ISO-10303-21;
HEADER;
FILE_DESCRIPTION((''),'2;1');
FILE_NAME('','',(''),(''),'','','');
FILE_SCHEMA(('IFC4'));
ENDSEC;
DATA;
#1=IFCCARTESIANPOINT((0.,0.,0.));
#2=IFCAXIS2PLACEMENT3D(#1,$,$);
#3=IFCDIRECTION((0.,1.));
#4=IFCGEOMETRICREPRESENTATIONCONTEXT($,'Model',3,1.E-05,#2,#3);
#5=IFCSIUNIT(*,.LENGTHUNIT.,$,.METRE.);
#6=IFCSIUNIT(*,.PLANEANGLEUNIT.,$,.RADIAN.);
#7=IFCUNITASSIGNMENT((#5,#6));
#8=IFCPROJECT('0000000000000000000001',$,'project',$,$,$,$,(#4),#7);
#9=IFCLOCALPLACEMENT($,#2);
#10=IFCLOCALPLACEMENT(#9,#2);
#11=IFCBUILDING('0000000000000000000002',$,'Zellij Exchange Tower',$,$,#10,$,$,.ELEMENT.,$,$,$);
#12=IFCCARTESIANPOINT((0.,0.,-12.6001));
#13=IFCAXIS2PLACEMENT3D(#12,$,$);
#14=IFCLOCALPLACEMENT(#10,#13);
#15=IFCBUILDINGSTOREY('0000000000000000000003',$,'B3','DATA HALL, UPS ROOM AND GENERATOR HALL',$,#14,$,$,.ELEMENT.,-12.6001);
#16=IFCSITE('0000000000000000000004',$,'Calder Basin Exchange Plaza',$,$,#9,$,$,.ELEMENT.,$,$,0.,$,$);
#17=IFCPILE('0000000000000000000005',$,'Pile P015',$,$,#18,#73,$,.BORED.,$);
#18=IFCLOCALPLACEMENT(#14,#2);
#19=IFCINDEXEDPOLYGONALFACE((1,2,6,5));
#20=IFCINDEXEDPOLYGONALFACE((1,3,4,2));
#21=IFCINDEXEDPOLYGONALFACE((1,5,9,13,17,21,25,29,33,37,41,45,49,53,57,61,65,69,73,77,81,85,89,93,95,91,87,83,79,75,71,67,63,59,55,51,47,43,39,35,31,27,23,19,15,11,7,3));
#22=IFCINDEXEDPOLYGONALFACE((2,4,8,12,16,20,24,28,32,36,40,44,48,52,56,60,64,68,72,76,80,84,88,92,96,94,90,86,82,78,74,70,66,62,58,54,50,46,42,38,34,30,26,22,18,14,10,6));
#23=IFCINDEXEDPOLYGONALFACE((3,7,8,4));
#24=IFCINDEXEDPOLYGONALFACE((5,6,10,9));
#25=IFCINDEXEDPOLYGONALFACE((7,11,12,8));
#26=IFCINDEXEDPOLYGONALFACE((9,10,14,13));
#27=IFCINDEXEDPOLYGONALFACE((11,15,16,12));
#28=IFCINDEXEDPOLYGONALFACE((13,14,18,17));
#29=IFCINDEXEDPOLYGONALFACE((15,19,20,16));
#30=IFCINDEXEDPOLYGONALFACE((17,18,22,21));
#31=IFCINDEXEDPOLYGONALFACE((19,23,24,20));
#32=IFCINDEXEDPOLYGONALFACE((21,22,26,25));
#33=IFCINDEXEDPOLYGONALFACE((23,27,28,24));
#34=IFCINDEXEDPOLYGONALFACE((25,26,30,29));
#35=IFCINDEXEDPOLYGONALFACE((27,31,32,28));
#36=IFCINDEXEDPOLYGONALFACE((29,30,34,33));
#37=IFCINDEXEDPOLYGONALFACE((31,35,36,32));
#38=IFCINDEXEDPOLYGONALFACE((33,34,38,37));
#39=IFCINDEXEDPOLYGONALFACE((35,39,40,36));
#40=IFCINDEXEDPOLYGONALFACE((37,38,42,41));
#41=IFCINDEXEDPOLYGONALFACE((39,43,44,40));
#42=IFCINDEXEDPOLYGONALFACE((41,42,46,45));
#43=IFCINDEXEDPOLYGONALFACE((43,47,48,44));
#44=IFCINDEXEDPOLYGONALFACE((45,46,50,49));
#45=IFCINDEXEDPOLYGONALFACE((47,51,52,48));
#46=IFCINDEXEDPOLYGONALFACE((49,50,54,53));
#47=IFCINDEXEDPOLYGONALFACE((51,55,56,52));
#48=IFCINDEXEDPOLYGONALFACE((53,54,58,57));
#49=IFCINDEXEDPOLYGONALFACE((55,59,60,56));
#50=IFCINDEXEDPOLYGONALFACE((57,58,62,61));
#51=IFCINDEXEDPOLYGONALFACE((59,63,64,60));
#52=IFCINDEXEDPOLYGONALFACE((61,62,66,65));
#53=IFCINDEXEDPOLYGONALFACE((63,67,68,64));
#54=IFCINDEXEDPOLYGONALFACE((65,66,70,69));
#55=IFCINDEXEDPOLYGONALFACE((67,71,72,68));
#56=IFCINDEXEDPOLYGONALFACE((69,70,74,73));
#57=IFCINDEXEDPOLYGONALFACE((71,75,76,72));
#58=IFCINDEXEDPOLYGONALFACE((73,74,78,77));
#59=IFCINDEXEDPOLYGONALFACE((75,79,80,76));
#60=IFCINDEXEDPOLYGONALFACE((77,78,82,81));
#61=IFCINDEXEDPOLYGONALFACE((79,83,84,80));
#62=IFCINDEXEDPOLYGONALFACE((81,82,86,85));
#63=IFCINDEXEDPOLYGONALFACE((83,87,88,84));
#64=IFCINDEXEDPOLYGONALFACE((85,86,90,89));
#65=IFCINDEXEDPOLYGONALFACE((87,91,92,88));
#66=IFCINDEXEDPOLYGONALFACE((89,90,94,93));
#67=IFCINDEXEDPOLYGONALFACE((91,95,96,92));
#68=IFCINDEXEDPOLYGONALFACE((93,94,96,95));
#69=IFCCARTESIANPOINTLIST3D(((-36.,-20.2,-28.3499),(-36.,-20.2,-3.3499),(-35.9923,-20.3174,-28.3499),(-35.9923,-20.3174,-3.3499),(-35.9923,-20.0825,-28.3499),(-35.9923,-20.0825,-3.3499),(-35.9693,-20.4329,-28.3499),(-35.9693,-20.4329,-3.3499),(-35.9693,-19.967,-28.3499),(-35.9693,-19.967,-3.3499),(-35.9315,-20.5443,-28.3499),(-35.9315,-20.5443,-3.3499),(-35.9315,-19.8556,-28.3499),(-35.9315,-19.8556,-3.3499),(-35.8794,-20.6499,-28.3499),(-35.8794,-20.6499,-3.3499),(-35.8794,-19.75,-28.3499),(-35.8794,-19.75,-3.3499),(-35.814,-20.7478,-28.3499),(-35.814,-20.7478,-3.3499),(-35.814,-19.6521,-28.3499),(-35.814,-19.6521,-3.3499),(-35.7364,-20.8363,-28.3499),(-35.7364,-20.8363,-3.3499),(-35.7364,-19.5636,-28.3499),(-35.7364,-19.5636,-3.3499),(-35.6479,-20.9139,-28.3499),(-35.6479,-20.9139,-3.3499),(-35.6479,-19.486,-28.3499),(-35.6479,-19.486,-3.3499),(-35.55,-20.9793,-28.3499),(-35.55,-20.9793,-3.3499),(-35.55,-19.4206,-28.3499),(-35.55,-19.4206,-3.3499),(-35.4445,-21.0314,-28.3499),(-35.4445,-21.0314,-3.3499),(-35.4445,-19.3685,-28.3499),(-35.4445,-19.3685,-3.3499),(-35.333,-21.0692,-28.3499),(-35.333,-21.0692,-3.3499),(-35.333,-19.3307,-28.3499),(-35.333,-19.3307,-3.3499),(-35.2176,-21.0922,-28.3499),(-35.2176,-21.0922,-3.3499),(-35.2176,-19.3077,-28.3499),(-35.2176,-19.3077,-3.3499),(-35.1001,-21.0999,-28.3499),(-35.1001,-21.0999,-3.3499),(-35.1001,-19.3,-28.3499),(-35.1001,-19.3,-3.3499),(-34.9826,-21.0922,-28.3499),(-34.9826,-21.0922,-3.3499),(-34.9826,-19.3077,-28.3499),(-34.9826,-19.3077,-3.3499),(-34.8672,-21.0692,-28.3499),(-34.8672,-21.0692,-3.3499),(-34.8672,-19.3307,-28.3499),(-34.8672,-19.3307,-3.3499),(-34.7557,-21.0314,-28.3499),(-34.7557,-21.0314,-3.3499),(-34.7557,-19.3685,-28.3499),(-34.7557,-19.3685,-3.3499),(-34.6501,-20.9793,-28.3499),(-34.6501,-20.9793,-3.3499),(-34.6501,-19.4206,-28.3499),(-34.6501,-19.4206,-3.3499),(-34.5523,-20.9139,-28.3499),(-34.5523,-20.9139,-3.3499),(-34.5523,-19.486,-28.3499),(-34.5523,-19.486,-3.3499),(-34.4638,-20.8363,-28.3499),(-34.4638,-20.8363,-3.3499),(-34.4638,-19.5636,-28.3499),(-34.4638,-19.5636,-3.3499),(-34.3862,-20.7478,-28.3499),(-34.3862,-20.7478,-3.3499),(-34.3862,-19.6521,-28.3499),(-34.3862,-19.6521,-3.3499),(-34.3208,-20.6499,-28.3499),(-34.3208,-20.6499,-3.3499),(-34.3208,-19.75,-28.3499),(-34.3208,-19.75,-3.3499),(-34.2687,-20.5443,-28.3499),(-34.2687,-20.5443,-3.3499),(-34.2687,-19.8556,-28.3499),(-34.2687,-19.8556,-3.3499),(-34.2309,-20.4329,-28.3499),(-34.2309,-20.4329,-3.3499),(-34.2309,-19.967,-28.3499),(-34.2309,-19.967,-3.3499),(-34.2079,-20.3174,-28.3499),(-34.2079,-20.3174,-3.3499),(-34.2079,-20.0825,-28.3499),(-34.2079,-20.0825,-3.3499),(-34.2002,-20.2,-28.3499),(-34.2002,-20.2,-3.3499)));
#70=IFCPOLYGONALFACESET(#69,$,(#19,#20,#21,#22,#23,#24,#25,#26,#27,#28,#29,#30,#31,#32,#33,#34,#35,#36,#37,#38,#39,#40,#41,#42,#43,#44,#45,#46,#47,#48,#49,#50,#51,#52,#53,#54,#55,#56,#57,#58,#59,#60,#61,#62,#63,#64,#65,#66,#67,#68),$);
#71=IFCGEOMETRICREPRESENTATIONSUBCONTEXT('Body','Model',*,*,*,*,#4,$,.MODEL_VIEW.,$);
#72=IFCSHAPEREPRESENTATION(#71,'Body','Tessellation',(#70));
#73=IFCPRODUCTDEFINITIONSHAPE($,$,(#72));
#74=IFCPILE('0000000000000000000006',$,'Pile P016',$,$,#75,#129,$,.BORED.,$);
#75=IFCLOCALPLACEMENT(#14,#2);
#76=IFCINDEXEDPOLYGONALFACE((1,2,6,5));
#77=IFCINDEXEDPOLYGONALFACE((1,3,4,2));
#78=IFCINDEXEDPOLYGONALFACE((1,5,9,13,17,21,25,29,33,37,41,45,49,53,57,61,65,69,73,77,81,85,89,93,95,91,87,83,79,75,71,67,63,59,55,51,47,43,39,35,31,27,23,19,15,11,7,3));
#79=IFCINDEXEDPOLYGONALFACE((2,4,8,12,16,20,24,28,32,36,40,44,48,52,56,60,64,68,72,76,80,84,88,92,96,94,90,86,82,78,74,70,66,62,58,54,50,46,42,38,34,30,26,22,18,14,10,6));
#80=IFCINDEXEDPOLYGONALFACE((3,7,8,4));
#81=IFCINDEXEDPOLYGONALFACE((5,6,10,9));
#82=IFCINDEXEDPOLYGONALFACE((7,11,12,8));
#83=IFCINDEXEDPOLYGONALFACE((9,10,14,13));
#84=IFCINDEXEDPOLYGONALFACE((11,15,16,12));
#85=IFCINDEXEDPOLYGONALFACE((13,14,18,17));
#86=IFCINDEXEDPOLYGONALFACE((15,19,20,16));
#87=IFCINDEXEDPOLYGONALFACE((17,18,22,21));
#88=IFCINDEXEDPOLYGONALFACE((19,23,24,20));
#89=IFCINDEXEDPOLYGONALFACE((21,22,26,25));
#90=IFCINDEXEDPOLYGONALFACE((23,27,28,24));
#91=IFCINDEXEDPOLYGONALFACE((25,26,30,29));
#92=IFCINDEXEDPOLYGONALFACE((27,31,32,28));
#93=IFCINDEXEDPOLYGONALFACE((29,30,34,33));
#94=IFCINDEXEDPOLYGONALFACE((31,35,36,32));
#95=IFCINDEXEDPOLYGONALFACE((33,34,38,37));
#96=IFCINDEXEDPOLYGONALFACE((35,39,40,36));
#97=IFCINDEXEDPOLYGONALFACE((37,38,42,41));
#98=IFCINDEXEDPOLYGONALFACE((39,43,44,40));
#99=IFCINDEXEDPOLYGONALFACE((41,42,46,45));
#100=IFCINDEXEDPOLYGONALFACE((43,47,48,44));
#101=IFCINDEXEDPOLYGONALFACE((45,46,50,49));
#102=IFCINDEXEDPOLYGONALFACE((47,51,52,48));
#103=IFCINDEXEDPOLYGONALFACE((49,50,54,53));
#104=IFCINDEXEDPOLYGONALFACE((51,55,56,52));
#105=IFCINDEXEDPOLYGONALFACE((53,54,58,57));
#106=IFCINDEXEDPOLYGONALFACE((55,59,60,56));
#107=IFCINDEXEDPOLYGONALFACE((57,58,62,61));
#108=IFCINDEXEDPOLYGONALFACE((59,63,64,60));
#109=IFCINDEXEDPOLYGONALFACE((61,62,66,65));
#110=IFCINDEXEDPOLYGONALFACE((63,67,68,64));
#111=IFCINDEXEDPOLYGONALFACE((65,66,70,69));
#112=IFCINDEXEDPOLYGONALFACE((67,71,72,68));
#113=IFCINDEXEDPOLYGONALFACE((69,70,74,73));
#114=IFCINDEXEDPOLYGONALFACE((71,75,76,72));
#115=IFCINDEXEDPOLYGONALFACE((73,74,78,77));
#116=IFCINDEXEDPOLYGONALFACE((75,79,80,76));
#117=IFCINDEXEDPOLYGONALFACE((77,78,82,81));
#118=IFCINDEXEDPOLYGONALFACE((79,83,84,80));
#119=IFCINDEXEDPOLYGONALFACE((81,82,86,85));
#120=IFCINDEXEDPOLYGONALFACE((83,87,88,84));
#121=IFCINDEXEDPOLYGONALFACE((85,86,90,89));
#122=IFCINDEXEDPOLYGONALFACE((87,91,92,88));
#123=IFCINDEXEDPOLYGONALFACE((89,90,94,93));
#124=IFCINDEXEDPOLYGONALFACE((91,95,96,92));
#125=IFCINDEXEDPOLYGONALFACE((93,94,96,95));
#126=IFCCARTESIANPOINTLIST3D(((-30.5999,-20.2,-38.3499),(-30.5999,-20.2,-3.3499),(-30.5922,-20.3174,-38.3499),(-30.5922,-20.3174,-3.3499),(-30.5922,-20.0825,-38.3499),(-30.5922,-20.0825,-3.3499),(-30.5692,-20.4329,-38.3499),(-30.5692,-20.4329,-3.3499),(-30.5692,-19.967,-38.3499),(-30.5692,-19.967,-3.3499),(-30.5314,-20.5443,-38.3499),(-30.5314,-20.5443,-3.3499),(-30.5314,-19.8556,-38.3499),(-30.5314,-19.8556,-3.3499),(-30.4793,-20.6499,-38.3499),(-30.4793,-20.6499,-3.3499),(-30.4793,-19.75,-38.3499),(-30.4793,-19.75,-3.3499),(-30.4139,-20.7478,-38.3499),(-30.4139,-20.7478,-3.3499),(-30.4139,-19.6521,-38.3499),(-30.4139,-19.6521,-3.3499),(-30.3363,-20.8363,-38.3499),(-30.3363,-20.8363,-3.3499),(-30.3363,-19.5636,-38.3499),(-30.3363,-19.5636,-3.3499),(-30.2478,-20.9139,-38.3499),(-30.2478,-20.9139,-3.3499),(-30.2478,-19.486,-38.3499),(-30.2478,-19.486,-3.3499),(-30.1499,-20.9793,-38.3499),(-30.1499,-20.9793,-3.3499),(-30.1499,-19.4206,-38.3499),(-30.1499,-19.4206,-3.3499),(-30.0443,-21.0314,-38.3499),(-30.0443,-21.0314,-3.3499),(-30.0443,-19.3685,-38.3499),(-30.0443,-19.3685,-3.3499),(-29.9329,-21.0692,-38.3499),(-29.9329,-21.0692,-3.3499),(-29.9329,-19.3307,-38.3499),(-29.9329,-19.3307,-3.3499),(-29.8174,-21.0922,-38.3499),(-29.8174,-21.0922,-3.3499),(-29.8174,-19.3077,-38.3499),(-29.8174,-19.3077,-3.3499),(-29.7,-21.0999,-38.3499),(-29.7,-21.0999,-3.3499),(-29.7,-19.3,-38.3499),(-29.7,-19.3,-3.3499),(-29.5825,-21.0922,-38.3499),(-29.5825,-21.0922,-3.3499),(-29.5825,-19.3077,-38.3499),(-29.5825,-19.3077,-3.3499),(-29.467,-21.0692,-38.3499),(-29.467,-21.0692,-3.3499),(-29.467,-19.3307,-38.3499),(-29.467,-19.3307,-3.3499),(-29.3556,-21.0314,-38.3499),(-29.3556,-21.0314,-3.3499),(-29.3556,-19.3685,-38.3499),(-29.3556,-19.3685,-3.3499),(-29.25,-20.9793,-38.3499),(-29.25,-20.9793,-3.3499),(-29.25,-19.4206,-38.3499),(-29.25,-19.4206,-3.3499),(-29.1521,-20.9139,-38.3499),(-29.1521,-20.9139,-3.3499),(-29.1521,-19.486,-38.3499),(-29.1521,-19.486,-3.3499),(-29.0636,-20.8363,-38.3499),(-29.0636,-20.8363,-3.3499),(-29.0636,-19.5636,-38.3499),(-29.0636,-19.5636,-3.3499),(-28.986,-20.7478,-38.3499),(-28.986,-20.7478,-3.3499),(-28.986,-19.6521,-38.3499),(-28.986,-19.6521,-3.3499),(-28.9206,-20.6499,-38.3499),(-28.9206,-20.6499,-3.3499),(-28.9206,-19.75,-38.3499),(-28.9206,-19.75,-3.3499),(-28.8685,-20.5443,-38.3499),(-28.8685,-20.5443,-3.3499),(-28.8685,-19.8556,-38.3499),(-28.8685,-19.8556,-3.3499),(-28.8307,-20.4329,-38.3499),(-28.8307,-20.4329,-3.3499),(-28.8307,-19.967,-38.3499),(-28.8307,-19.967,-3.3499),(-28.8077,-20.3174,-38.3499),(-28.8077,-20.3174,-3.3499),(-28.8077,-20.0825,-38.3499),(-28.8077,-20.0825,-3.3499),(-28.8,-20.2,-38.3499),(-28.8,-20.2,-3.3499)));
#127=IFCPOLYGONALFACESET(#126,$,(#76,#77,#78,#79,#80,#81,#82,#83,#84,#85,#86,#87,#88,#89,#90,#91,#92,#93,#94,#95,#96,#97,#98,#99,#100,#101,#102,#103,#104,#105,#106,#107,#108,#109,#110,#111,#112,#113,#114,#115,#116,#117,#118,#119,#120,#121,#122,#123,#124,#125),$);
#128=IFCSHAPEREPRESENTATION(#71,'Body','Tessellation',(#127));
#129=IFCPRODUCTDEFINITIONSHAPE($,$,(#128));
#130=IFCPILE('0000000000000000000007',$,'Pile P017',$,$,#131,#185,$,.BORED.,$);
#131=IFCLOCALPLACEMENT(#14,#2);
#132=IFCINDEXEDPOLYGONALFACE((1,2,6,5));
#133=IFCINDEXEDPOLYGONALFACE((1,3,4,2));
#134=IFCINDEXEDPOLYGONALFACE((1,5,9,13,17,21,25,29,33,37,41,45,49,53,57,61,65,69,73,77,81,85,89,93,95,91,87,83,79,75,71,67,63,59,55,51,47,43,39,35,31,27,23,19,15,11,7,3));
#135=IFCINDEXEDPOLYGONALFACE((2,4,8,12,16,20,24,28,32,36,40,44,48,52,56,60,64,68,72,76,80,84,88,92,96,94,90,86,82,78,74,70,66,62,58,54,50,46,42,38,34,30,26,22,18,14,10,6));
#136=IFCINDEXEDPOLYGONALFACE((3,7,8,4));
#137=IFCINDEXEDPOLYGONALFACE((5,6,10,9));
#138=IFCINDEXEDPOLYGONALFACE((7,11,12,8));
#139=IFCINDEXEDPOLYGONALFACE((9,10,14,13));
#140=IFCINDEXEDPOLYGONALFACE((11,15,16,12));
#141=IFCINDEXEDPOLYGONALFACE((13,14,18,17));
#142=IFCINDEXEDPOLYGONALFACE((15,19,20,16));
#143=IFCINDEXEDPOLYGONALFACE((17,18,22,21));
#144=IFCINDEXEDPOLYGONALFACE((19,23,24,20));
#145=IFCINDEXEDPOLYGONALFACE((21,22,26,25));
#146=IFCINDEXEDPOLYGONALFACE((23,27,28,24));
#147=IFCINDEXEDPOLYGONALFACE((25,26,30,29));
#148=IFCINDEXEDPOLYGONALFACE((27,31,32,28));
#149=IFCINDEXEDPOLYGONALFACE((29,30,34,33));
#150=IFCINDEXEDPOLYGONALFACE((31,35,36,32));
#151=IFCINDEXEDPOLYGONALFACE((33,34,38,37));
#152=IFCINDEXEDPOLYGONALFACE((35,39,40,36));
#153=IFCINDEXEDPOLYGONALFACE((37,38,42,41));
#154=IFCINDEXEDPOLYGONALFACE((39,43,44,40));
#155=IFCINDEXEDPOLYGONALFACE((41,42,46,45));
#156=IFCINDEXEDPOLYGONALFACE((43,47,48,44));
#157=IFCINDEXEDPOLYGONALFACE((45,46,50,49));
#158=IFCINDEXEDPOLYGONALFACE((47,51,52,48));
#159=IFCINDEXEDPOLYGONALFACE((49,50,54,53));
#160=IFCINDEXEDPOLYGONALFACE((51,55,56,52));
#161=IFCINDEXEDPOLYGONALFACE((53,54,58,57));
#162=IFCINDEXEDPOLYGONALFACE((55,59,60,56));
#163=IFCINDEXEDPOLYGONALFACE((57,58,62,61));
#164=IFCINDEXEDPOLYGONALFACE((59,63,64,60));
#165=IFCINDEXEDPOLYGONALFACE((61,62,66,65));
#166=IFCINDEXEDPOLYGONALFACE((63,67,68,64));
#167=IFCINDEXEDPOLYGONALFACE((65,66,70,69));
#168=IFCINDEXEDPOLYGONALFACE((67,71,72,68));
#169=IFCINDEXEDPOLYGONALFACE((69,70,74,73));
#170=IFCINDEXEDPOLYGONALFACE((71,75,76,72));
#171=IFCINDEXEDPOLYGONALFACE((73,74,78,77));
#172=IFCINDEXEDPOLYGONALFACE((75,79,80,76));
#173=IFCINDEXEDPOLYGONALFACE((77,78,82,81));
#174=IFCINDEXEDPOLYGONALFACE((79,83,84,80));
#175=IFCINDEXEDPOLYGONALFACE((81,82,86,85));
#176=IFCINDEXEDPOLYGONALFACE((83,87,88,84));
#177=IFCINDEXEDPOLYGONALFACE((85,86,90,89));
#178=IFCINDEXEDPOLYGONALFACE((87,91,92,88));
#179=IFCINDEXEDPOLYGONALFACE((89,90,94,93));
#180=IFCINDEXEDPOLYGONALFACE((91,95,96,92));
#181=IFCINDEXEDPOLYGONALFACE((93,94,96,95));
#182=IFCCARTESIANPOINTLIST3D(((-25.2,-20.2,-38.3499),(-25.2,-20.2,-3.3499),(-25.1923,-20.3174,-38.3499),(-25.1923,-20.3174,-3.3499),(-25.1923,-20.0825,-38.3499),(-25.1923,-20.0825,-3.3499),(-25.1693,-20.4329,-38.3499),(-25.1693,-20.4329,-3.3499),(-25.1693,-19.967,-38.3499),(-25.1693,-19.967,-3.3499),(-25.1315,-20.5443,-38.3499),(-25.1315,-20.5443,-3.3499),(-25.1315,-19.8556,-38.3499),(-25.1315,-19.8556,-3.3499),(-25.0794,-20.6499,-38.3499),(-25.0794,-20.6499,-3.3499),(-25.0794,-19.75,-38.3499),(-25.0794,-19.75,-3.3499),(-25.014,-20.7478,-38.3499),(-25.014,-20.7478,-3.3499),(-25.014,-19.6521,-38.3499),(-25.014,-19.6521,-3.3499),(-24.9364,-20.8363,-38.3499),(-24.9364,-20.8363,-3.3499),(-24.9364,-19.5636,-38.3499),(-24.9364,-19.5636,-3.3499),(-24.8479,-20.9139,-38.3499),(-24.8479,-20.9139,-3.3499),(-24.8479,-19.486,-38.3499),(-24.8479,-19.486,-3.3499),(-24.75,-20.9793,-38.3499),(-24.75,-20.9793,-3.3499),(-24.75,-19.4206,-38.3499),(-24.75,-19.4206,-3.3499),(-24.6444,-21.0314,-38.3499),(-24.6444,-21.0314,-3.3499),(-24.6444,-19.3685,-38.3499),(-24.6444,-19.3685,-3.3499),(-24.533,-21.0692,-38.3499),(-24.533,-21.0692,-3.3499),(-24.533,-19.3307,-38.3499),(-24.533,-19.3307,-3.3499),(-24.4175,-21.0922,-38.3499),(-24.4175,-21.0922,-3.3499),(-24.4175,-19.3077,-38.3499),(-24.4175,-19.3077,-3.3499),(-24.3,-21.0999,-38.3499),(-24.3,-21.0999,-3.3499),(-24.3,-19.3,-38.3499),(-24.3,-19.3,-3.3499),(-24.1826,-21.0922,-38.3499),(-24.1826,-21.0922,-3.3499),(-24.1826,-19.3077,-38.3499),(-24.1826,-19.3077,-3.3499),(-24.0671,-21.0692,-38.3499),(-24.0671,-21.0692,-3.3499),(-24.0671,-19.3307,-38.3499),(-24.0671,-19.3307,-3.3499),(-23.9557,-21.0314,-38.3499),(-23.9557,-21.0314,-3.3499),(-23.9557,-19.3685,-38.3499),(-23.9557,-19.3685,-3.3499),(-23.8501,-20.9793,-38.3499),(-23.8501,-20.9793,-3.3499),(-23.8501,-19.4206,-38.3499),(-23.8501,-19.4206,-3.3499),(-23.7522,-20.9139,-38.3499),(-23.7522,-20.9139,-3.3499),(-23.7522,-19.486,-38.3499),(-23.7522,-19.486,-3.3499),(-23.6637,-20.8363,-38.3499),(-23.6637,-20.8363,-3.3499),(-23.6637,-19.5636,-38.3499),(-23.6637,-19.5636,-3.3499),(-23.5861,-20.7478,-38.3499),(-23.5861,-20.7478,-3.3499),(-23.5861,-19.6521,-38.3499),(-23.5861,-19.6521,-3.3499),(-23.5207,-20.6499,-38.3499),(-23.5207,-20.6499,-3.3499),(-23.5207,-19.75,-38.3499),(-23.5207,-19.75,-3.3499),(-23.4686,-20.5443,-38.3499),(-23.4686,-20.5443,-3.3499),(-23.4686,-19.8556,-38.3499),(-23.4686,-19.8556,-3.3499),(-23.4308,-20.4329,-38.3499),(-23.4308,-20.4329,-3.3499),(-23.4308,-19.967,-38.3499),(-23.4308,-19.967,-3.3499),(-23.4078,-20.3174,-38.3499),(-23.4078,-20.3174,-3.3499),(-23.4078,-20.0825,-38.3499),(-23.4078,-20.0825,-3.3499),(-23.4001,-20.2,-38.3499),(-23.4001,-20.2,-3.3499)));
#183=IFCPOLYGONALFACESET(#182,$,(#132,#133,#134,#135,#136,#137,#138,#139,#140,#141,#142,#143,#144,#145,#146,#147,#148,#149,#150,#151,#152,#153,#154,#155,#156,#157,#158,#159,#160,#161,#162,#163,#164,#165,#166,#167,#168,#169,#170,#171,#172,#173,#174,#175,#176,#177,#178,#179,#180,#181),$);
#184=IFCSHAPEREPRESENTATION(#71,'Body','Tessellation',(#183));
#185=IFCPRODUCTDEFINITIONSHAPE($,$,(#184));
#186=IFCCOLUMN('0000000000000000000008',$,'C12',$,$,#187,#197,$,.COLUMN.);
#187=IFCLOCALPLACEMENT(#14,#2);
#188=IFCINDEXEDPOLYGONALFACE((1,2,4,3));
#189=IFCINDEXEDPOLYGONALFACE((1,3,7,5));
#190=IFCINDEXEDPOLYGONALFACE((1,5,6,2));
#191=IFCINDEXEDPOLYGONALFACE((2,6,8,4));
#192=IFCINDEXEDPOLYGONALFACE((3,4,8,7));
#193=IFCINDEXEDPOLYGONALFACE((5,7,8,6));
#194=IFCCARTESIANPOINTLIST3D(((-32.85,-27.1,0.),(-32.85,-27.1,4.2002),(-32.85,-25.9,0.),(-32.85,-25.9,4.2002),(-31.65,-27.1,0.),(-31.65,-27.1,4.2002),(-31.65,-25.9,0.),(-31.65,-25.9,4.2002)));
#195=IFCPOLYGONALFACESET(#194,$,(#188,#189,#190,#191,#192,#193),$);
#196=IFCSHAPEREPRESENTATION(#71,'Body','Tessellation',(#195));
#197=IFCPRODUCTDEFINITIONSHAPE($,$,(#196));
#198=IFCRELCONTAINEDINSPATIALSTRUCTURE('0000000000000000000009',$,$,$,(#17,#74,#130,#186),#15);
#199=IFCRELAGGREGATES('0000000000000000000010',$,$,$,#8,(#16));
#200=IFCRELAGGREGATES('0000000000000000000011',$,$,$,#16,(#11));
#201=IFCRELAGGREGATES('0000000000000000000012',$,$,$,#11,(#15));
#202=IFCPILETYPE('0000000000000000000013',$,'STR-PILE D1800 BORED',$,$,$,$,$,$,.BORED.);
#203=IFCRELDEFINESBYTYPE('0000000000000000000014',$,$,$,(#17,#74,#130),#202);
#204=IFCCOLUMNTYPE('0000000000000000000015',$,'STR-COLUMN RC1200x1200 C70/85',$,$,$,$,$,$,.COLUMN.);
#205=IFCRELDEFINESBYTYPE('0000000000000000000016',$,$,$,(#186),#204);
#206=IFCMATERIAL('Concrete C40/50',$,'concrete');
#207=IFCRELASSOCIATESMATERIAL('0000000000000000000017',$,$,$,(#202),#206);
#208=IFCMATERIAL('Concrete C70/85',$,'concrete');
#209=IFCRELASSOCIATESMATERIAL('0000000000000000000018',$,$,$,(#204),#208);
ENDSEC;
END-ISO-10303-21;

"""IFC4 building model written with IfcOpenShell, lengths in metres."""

from ifc_helpers import new_model, si_unit, direction, frame, origin, origin_2d, place, context, subcontext, project, spatial, rectangle, circle, extrude, material, material_profile, profile_set, type_object, element, save


model = new_model("IFC4")

# Units and contexts
model_context = context("Model", 3, precision=1e-05, world=origin(), true_north=direction((0.0, 1.0)))
body_context = subcontext(model_context, "Body", "Model", "MODEL_VIEW")
ifc_project = project(units=[si_unit("LENGTHUNIT", "METRE"), si_unit("PLANEANGLEUNIT", "RADIAN")], contexts=[model_context])

# Site, building, storey
site_placement = place(None, origin())
site = spatial("IfcSite", under=ifc_project, at=site_placement, Name="Calder Basin Exchange Plaza", CompositionType="ELEMENT", RefElevation=0.0)
building_placement = place(site_placement, origin())
building = spatial("IfcBuilding", under=site, at=building_placement, Name="Zellij Exchange Tower", CompositionType="ELEMENT")
storey_placement = place(building_placement, frame((0.0, 0.0, -12.6001)))
storey = spatial("IfcBuildingStorey", under=building, at=storey_placement, Name="B3", Description="DATA HALL, UPS ROOM AND GENERATOR HALL", CompositionType="ELEMENT", Elevation=-12.6001)

# Piles
ifc_material_1 = material(Name="Concrete C40/50", Category="concrete")
ifc_material_profile_1 = material_profile(ifc_material_1, circle(Radius=0.8999, at=origin_2d()), Name="STR-PILE D1800 BORED")
ifc_profile_set_1 = profile_set([ifc_material_profile_1], Name="Concrete C40/50")
pile_type = type_object("IfcPileType", Name="STR-PILE D1800 BORED", PredefinedType="BORED", material=ifc_profile_set_1)
for number, where, z_axis, x_axis, name in (
    (1, (-35.1001, -20.2, -3.3499), (0.0, 0.0, -1.0), (1.0, 0.0, 0.0), "Pile P015"),
):
    element("IfcPile", number, at=place(storey_placement, frame(where, z_axis=z_axis, x_axis=x_axis)), inside=storey, type_object=pile_type, Name=name, PredefinedType="BORED", context=body_context, shape_type="SweptSolid", body=[
        extrude(circle(Radius=0.8999, at=origin_2d()), origin(), (0.0, 0.0, 1.0), 25.0),
    ])
for number, where, z_axis, x_axis, name in (
    (2, (-29.7, -20.2, -3.3499), (0.0, 0.0, -1.0), (1.0, 0.0, 0.0), "Pile P016"),
    (3, (-24.3, -20.2, -3.3499), (0.0, 0.0, -1.0), (1.0, 0.0, 0.0), "Pile P017"),
):
    element("IfcPile", number, at=place(storey_placement, frame(where, z_axis=z_axis, x_axis=x_axis)), inside=storey, type_object=pile_type, Name=name, PredefinedType="BORED", context=body_context, shape_type="SweptSolid", body=[
        extrude(circle(Radius=0.8999, at=origin_2d()), origin(), (0.0, 0.0, 1.0), 35.0),
    ])

# Column
ifc_material_2 = material(Name="Concrete C70/85", Category="concrete")
ifc_material_profile_2 = material_profile(ifc_material_2, rectangle(XDim=1.2, YDim=1.2, at=origin_2d()), Name="STR-COLUMN RC1200x1200 C70/85")
ifc_profile_set_2 = profile_set([ifc_material_profile_2], Name="Concrete C70/85")
column_type = type_object("IfcColumnType", Name="STR-COLUMN RC1200x1200 C70/85", PredefinedType="COLUMN", material=ifc_profile_set_2)
for number, where, z_axis, x_axis, name in (
    (4, (-32.25, -26.5, 0.0), (0.0, 0.0, 1.0), (1.0, 0.0, 0.0), "C12"),
):
    element("IfcColumn", number, at=place(storey_placement, frame(where, z_axis=z_axis, x_axis=x_axis)), inside=storey, type_object=column_type, Name=name, PredefinedType="COLUMN", context=body_context, shape_type="SweptSolid", body=[
        extrude(rectangle(XDim=1.2, YDim=1.2, at=origin_2d()), origin(), (0.0, 0.0, 1.0), 4.2002),
    ])

save(model, "model.ifc")
